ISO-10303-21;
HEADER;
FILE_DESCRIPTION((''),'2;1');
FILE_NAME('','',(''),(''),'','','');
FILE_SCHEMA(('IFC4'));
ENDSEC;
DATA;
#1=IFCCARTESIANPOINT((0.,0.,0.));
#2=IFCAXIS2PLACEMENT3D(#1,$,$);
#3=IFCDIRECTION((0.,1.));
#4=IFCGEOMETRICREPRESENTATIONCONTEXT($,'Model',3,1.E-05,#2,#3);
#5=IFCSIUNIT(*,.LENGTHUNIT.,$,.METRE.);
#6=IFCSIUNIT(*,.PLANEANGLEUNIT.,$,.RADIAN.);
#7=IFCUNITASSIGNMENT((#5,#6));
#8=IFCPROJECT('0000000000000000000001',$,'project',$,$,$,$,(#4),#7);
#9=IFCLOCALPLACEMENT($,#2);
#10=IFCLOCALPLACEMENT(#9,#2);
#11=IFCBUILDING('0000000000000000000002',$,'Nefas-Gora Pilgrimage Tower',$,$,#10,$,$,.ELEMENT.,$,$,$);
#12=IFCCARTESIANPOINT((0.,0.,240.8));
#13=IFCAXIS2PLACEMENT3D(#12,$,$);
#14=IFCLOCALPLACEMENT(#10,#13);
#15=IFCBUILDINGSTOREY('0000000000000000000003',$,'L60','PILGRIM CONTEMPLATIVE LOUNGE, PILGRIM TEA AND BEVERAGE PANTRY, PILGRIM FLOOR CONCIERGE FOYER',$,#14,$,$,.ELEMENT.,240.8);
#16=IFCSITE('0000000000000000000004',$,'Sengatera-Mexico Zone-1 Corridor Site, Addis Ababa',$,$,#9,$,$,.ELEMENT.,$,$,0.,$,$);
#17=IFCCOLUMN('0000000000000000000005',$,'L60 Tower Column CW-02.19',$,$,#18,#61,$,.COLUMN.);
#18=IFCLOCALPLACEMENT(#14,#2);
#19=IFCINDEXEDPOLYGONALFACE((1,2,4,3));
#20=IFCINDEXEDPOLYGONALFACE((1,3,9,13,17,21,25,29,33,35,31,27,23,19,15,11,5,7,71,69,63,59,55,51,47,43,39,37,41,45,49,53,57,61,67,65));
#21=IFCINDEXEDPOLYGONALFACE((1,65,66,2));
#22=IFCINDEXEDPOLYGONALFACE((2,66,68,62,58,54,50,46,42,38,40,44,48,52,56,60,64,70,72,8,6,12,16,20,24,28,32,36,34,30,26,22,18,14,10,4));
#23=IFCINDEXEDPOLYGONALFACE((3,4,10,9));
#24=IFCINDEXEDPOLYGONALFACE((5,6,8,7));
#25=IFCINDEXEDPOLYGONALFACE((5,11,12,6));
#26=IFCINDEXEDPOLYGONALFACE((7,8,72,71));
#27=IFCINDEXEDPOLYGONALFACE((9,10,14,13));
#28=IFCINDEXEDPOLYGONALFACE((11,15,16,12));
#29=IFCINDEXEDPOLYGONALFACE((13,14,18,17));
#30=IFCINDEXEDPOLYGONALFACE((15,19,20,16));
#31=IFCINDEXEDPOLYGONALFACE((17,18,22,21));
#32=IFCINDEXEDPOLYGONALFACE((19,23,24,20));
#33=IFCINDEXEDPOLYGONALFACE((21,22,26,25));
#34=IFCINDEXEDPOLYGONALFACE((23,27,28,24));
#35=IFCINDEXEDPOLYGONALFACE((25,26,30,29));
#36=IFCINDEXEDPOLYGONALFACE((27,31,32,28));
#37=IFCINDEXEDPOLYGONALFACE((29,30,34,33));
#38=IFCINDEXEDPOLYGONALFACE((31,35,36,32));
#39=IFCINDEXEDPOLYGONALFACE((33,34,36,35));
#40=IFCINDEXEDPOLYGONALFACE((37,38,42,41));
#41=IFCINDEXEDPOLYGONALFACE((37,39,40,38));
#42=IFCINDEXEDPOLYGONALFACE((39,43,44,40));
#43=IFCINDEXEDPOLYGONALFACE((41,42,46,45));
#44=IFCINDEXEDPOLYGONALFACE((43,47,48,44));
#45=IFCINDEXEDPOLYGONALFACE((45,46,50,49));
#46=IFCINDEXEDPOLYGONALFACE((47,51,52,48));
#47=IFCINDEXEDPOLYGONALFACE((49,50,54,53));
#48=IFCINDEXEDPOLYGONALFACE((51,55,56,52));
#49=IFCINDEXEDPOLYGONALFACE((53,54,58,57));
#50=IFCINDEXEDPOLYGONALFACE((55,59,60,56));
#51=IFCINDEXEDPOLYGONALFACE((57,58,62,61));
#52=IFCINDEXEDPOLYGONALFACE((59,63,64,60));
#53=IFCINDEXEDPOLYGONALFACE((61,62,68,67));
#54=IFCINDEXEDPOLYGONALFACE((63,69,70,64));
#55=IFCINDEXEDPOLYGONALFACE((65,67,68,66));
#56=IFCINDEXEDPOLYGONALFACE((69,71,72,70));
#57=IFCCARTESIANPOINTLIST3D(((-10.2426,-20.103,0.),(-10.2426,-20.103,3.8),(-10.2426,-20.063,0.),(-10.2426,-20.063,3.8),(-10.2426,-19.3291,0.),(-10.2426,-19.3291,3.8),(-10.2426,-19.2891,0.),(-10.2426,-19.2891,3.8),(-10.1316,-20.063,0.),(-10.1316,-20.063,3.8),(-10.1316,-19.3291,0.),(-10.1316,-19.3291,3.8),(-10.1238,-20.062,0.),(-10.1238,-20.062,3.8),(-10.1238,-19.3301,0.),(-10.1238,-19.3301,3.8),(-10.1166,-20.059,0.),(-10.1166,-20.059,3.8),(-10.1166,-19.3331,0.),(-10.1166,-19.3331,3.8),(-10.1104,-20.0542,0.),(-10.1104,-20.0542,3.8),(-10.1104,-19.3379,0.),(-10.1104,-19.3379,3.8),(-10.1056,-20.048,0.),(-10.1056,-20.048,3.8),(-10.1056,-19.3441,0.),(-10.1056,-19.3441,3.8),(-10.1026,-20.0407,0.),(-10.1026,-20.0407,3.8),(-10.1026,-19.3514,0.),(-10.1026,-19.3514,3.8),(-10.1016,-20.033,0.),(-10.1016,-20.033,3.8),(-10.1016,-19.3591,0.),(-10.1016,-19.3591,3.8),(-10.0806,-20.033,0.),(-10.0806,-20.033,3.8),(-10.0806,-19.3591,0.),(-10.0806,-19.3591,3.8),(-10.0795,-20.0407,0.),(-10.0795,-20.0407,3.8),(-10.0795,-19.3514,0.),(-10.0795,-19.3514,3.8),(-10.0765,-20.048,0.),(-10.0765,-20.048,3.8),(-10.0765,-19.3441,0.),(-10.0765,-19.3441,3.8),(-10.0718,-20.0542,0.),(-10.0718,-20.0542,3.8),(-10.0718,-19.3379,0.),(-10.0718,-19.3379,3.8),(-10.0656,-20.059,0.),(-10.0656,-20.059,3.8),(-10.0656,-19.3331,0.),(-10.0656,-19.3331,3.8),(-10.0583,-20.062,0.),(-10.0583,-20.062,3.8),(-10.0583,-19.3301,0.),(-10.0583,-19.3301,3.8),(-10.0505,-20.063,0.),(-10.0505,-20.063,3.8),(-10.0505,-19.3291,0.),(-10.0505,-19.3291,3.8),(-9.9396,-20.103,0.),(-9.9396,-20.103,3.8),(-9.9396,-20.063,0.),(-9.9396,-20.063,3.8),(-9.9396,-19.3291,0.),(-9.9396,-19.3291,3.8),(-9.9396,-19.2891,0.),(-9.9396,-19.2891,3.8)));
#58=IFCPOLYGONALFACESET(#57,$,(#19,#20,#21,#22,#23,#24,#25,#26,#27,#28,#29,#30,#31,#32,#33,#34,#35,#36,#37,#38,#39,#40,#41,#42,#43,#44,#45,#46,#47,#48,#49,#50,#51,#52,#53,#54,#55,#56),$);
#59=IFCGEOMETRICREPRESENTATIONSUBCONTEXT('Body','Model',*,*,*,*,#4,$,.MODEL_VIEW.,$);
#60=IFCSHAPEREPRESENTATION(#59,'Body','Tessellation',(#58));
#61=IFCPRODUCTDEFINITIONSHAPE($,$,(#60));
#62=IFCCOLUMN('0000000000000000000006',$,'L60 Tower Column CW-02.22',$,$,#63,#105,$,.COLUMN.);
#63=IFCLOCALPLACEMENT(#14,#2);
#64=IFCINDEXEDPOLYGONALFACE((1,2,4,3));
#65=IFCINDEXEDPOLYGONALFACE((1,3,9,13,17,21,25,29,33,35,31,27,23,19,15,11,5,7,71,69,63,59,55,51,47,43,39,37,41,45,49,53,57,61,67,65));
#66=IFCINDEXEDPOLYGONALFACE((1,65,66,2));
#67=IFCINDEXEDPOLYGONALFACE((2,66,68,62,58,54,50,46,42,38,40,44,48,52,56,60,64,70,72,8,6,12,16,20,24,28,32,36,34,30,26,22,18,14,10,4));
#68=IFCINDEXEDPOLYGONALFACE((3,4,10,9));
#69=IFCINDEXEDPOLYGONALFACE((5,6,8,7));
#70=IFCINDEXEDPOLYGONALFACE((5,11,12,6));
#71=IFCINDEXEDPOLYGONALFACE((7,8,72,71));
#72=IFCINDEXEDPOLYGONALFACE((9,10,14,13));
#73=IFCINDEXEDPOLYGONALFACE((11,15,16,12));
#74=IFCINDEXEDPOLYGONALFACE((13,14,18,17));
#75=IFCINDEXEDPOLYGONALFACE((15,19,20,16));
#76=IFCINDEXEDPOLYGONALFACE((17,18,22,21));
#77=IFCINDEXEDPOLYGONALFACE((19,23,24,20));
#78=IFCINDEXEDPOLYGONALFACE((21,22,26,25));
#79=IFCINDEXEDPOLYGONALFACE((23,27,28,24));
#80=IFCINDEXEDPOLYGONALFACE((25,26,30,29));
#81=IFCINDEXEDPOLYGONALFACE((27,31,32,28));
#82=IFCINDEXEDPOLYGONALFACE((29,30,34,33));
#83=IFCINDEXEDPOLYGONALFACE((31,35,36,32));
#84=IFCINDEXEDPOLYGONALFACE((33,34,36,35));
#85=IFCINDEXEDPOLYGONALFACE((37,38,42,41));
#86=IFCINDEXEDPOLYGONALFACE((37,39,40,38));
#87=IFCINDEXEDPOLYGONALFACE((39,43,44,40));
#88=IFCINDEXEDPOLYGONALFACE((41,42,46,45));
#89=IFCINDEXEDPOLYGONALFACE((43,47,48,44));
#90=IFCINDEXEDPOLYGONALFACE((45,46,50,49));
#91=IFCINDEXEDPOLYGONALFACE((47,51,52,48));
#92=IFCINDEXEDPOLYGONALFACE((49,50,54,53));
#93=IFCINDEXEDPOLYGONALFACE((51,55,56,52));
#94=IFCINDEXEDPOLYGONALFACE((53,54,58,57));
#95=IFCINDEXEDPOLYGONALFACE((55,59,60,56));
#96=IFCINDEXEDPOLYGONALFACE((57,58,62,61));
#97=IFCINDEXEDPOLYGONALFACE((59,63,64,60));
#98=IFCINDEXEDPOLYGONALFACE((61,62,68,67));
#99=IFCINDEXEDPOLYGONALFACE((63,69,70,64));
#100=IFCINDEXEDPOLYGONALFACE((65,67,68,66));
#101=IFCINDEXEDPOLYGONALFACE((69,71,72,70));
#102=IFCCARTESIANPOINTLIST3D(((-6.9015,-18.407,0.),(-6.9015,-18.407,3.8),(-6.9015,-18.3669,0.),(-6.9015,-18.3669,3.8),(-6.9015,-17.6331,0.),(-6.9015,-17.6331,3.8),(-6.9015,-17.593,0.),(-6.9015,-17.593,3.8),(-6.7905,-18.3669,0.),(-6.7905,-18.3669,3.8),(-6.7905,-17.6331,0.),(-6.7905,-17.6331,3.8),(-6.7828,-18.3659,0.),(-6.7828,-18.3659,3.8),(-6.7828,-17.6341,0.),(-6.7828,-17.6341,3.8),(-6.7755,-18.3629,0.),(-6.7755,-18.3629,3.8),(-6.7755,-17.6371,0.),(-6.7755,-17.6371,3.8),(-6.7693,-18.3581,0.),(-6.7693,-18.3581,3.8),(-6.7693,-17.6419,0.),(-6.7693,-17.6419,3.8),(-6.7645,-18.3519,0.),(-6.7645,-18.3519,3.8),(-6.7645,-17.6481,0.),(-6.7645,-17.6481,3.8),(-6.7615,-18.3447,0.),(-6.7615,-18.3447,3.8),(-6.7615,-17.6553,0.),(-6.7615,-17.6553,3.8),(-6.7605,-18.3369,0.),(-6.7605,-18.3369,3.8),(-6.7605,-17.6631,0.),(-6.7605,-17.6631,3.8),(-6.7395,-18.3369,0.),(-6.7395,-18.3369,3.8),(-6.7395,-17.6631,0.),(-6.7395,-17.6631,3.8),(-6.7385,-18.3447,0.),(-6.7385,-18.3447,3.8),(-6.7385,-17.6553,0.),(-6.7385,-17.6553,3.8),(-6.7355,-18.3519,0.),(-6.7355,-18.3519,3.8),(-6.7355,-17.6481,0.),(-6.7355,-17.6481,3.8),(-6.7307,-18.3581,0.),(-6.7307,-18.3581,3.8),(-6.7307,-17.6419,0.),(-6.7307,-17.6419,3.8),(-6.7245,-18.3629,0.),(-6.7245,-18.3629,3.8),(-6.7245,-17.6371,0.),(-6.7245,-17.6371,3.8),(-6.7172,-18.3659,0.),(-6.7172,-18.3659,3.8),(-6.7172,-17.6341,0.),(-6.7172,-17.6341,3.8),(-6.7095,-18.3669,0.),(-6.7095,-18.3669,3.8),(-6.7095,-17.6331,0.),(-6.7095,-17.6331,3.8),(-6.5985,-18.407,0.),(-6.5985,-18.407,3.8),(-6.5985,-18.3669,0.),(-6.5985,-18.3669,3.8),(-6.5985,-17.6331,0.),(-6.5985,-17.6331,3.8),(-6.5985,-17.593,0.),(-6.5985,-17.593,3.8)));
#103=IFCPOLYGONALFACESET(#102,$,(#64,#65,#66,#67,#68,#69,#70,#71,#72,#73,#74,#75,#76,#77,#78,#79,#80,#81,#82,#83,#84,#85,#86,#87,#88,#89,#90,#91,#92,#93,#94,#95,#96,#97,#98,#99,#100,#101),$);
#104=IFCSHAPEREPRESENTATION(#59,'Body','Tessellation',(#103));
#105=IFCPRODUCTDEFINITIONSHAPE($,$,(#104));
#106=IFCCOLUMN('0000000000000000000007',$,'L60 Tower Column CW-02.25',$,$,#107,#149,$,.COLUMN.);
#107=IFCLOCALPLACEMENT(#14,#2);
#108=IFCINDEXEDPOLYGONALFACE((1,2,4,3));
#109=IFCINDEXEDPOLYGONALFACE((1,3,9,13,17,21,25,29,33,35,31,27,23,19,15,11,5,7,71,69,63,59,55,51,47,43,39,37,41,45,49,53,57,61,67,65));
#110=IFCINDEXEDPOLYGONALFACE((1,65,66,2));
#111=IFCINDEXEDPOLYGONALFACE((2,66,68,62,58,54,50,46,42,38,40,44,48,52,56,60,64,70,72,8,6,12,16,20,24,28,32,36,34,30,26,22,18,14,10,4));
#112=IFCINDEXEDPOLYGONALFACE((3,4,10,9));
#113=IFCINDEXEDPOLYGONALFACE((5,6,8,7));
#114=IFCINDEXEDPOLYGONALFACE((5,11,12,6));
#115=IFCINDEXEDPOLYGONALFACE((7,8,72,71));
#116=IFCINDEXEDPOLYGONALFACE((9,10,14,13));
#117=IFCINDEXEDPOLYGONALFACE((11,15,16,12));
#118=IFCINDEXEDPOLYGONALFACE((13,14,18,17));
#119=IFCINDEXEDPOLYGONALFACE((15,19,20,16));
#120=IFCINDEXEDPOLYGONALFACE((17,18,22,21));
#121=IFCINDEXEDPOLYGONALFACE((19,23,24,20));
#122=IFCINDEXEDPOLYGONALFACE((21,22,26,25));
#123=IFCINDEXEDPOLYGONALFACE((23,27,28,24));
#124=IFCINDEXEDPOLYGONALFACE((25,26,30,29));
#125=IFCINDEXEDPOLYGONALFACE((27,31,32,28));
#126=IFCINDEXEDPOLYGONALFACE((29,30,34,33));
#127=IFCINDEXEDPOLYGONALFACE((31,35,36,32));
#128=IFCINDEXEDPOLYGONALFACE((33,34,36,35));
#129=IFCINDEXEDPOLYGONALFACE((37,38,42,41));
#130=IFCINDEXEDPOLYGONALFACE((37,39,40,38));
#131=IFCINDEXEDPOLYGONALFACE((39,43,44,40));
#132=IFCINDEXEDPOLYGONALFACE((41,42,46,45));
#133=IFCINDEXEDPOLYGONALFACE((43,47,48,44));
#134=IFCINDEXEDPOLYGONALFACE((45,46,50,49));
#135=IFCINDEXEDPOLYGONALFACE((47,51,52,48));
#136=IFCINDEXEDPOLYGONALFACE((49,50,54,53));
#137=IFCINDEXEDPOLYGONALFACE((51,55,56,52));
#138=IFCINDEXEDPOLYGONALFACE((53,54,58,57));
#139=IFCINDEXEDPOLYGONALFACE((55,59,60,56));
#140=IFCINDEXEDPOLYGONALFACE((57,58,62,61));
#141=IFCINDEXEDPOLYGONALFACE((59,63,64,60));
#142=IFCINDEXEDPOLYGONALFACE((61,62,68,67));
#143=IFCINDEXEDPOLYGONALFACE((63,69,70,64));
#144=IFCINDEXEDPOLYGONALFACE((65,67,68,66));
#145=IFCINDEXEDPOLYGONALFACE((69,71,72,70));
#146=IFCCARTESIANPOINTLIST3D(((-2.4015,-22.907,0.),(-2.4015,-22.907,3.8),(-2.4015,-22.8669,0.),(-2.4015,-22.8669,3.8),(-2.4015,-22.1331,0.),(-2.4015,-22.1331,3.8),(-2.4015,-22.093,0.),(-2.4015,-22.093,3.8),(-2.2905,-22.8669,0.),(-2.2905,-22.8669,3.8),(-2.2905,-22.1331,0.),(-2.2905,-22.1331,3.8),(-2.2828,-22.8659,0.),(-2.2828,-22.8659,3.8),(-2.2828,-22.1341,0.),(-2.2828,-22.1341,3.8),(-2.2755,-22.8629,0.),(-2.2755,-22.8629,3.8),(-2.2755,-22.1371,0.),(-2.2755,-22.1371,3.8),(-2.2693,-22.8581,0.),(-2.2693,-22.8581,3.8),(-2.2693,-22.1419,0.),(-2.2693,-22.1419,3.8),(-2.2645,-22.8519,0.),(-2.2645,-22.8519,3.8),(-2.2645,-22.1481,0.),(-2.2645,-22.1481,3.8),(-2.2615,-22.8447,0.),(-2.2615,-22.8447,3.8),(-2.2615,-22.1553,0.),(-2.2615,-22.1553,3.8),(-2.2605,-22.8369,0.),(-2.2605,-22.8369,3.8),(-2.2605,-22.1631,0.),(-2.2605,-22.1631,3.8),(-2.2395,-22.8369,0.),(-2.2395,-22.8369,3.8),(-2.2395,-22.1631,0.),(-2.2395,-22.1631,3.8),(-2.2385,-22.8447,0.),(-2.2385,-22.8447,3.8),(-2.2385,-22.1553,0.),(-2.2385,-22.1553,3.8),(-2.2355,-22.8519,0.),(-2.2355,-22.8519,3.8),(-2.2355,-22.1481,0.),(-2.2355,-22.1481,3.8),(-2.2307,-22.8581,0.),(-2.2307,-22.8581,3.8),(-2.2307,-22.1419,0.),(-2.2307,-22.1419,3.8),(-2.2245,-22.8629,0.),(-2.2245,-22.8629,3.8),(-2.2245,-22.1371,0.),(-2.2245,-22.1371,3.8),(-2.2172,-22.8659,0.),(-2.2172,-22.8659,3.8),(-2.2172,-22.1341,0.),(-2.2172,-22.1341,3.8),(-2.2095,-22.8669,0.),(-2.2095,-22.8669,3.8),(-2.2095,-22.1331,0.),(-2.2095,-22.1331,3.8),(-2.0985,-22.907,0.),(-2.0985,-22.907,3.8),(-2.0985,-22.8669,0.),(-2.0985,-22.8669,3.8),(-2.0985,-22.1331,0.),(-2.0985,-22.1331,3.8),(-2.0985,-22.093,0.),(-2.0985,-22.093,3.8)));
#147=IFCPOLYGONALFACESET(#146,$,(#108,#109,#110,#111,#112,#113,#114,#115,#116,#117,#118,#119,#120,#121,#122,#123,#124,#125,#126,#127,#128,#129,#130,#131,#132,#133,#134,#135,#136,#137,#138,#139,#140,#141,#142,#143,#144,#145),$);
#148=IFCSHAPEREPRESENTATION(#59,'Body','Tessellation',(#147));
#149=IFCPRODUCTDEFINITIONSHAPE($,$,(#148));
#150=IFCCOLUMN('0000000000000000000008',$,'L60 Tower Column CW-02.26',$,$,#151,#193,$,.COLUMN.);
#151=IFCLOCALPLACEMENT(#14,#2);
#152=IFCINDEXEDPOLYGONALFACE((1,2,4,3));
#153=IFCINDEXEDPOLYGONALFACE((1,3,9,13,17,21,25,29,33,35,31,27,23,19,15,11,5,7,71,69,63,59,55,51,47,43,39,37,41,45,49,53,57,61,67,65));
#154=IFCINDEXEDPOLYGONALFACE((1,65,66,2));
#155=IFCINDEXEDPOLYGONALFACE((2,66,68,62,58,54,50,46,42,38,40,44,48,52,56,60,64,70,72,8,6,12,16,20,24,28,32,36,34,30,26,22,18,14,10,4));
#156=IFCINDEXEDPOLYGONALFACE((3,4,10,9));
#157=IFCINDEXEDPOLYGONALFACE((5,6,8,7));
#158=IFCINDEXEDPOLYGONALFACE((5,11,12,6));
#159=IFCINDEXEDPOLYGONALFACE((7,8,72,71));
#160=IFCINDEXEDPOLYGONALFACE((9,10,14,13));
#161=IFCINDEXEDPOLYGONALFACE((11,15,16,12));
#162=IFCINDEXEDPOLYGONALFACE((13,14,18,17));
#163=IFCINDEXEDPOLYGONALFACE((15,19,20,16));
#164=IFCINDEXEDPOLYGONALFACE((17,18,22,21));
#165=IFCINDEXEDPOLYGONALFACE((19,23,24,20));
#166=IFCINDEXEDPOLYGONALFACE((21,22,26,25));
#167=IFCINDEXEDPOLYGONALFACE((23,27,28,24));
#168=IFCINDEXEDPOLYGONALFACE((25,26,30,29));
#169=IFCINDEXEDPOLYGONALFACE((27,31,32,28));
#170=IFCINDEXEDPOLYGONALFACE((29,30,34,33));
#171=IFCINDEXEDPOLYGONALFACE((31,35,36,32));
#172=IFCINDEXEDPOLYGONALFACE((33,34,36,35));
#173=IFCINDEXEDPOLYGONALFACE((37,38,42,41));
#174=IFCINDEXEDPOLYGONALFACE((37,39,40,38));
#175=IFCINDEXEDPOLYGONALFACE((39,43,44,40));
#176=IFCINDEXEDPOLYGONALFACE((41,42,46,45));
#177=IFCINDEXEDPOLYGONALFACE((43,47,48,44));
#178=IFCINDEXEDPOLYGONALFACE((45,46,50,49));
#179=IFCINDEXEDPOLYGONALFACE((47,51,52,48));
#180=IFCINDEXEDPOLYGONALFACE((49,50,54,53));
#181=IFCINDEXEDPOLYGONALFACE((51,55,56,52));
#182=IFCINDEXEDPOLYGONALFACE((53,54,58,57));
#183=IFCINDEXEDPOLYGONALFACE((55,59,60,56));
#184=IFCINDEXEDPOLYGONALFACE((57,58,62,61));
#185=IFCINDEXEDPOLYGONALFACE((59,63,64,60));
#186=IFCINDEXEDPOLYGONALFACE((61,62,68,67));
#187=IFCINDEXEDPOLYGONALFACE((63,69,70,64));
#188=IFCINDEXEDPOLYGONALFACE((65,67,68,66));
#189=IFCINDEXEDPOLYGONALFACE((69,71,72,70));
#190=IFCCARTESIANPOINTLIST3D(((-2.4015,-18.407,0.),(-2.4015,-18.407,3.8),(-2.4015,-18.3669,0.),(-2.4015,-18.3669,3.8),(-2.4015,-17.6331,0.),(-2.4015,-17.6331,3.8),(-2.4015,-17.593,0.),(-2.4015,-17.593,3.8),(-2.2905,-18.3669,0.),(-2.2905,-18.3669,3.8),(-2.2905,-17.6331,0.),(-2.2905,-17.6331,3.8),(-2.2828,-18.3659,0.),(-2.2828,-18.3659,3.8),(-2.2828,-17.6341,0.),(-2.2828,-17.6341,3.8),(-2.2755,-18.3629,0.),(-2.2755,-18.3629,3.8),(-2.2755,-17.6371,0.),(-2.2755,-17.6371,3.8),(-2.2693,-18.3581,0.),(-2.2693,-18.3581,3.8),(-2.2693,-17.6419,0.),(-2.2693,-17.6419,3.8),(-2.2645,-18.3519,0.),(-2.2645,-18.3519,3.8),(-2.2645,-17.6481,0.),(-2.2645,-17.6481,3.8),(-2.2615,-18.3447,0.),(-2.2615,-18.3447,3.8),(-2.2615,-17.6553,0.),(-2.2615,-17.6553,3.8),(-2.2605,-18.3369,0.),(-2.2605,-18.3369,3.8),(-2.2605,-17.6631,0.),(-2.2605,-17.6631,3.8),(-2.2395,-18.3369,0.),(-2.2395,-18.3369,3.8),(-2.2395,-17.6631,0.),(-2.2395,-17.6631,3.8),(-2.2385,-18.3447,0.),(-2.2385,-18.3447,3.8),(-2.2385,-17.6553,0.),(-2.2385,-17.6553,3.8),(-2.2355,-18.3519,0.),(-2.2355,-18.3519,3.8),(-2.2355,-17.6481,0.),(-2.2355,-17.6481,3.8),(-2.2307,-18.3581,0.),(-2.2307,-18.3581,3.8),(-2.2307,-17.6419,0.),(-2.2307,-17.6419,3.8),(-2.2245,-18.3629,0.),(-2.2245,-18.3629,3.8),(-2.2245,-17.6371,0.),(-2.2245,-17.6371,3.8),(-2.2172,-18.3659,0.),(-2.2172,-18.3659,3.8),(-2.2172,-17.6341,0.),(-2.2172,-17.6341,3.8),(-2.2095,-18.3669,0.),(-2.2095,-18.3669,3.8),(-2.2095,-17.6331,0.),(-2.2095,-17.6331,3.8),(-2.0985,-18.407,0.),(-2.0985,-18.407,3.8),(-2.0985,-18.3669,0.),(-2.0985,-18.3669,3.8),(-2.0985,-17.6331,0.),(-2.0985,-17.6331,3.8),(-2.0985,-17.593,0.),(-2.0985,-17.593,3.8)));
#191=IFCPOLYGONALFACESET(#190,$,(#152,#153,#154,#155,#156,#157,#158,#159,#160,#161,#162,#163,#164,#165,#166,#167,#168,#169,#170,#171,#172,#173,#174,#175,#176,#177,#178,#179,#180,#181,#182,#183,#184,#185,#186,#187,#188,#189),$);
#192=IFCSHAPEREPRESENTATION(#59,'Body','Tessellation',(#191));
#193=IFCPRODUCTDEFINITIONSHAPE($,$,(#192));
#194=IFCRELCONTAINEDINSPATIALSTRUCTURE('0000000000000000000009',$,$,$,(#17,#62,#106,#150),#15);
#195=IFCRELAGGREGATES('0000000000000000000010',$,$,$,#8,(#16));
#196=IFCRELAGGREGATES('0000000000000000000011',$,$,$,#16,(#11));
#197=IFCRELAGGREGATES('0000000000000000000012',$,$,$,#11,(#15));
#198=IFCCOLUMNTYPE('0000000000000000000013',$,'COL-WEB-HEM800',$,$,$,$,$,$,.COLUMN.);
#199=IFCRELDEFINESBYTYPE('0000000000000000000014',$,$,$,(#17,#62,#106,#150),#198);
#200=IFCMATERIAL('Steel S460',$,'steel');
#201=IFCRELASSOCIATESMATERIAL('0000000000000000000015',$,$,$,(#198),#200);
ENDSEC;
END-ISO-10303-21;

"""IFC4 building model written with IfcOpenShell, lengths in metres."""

from ifc_helpers import new_model, si_unit, direction, frame, origin, origin_2d, place, context, subcontext, project, spatial, i_section, extrude, source, transform, mapped, material, material_profile, profile_set, type_object, element, save


model = new_model("IFC4")

# Units and contexts
model_context = context("Model", 3, precision=1e-05, world=origin(), true_north=direction((0.0, 1.0)))
body_context = subcontext(model_context, "Body", "Model", "MODEL_VIEW")
ifc_project = project(units=[si_unit("LENGTHUNIT", "METRE"), si_unit("PLANEANGLEUNIT", "RADIAN")], contexts=[model_context])

# Site, building, storey
site_placement = place(None, origin())
site = spatial("IfcSite", under=ifc_project, at=site_placement, Name="Sengatera-Mexico Zone-1 Corridor Site, Addis Ababa", CompositionType="ELEMENT", RefElevation=0.0)
building_placement = place(site_placement, origin())
building = spatial("IfcBuilding", under=site, at=building_placement, Name="Nefas-Gora Pilgrimage Tower", CompositionType="ELEMENT")
storey_placement = place(building_placement, frame((0.0, 0.0, 240.8)))
storey = spatial("IfcBuildingStorey", under=building, at=storey_placement, Name="L60", Description="PILGRIM CONTEMPLATIVE LOUNGE, PILGRIM TEA AND BEVERAGE PANTRY, PILGRIM FLOOR CONCIERGE FOYER", CompositionType="ELEMENT", Elevation=240.8)

# Columns
ifc_material_1 = material(Name="Steel S460", Category="steel")
ifc_material_profile_1 = material_profile(ifc_material_1, i_section(OverallWidth=0.303, OverallDepth=0.814, WebThickness=0.021, FlangeThickness=0.04, FilletRadius=0.03, at=origin_2d()), Name="HEM 800")
ifc_profile_set_1 = profile_set([ifc_material_profile_1], Name="Steel S460")
column_type_1 = type_object("IfcColumnType", Name="COL-WEB-HEM800", PredefinedType="COLUMN", material=ifc_profile_set_1)
shared_shape_1 = source(origin(), body_context, "Body", "SweptSolid", [
    extrude(i_section(OverallWidth=0.303, OverallDepth=0.814, WebThickness=0.021, FlangeThickness=0.04, FilletRadius=0.03, at=origin_2d()), origin(), (0.0, 0.0, 1.0), 3.8),
])
for number, where, z_axis, x_axis, name in (
    (1, (-10.0911, -19.696, 0.0), (0.0, 0.0, 1.0), (1.0, 0.0, 0.0), "L60 Tower Column CW-02.19"),
    (2, (-6.75, -18.0, 0.0), (0.0, 0.0, 1.0), (1.0, 0.0, 0.0), "L60 Tower Column CW-02.22"),
    (3, (-2.25, -22.5, 0.0), (0.0, 0.0, 1.0), (1.0, 0.0, 0.0), "L60 Tower Column CW-02.25"),
    (4, (-2.25, -18.0, 0.0), (0.0, 0.0, 1.0), (1.0, 0.0, 0.0), "L60 Tower Column CW-02.26"),
):
    element("IfcColumn", number, at=place(storey_placement, frame(where, z_axis=z_axis, x_axis=x_axis)), inside=storey, type_object=column_type_1, Name=name, PredefinedType="COLUMN", context=body_context, shape_type="MappedRepresentation", body=[
        mapped(shared_shape_1, transform((0.0, 0.0, 0.0), x_axis=(1.0, 0.0, 0.0), y_axis=(0.0, 1.0, 0.0), z_axis=(0.0, 0.0, 1.0), scale=1.0)),
    ])

save(model, "model.ifc")
